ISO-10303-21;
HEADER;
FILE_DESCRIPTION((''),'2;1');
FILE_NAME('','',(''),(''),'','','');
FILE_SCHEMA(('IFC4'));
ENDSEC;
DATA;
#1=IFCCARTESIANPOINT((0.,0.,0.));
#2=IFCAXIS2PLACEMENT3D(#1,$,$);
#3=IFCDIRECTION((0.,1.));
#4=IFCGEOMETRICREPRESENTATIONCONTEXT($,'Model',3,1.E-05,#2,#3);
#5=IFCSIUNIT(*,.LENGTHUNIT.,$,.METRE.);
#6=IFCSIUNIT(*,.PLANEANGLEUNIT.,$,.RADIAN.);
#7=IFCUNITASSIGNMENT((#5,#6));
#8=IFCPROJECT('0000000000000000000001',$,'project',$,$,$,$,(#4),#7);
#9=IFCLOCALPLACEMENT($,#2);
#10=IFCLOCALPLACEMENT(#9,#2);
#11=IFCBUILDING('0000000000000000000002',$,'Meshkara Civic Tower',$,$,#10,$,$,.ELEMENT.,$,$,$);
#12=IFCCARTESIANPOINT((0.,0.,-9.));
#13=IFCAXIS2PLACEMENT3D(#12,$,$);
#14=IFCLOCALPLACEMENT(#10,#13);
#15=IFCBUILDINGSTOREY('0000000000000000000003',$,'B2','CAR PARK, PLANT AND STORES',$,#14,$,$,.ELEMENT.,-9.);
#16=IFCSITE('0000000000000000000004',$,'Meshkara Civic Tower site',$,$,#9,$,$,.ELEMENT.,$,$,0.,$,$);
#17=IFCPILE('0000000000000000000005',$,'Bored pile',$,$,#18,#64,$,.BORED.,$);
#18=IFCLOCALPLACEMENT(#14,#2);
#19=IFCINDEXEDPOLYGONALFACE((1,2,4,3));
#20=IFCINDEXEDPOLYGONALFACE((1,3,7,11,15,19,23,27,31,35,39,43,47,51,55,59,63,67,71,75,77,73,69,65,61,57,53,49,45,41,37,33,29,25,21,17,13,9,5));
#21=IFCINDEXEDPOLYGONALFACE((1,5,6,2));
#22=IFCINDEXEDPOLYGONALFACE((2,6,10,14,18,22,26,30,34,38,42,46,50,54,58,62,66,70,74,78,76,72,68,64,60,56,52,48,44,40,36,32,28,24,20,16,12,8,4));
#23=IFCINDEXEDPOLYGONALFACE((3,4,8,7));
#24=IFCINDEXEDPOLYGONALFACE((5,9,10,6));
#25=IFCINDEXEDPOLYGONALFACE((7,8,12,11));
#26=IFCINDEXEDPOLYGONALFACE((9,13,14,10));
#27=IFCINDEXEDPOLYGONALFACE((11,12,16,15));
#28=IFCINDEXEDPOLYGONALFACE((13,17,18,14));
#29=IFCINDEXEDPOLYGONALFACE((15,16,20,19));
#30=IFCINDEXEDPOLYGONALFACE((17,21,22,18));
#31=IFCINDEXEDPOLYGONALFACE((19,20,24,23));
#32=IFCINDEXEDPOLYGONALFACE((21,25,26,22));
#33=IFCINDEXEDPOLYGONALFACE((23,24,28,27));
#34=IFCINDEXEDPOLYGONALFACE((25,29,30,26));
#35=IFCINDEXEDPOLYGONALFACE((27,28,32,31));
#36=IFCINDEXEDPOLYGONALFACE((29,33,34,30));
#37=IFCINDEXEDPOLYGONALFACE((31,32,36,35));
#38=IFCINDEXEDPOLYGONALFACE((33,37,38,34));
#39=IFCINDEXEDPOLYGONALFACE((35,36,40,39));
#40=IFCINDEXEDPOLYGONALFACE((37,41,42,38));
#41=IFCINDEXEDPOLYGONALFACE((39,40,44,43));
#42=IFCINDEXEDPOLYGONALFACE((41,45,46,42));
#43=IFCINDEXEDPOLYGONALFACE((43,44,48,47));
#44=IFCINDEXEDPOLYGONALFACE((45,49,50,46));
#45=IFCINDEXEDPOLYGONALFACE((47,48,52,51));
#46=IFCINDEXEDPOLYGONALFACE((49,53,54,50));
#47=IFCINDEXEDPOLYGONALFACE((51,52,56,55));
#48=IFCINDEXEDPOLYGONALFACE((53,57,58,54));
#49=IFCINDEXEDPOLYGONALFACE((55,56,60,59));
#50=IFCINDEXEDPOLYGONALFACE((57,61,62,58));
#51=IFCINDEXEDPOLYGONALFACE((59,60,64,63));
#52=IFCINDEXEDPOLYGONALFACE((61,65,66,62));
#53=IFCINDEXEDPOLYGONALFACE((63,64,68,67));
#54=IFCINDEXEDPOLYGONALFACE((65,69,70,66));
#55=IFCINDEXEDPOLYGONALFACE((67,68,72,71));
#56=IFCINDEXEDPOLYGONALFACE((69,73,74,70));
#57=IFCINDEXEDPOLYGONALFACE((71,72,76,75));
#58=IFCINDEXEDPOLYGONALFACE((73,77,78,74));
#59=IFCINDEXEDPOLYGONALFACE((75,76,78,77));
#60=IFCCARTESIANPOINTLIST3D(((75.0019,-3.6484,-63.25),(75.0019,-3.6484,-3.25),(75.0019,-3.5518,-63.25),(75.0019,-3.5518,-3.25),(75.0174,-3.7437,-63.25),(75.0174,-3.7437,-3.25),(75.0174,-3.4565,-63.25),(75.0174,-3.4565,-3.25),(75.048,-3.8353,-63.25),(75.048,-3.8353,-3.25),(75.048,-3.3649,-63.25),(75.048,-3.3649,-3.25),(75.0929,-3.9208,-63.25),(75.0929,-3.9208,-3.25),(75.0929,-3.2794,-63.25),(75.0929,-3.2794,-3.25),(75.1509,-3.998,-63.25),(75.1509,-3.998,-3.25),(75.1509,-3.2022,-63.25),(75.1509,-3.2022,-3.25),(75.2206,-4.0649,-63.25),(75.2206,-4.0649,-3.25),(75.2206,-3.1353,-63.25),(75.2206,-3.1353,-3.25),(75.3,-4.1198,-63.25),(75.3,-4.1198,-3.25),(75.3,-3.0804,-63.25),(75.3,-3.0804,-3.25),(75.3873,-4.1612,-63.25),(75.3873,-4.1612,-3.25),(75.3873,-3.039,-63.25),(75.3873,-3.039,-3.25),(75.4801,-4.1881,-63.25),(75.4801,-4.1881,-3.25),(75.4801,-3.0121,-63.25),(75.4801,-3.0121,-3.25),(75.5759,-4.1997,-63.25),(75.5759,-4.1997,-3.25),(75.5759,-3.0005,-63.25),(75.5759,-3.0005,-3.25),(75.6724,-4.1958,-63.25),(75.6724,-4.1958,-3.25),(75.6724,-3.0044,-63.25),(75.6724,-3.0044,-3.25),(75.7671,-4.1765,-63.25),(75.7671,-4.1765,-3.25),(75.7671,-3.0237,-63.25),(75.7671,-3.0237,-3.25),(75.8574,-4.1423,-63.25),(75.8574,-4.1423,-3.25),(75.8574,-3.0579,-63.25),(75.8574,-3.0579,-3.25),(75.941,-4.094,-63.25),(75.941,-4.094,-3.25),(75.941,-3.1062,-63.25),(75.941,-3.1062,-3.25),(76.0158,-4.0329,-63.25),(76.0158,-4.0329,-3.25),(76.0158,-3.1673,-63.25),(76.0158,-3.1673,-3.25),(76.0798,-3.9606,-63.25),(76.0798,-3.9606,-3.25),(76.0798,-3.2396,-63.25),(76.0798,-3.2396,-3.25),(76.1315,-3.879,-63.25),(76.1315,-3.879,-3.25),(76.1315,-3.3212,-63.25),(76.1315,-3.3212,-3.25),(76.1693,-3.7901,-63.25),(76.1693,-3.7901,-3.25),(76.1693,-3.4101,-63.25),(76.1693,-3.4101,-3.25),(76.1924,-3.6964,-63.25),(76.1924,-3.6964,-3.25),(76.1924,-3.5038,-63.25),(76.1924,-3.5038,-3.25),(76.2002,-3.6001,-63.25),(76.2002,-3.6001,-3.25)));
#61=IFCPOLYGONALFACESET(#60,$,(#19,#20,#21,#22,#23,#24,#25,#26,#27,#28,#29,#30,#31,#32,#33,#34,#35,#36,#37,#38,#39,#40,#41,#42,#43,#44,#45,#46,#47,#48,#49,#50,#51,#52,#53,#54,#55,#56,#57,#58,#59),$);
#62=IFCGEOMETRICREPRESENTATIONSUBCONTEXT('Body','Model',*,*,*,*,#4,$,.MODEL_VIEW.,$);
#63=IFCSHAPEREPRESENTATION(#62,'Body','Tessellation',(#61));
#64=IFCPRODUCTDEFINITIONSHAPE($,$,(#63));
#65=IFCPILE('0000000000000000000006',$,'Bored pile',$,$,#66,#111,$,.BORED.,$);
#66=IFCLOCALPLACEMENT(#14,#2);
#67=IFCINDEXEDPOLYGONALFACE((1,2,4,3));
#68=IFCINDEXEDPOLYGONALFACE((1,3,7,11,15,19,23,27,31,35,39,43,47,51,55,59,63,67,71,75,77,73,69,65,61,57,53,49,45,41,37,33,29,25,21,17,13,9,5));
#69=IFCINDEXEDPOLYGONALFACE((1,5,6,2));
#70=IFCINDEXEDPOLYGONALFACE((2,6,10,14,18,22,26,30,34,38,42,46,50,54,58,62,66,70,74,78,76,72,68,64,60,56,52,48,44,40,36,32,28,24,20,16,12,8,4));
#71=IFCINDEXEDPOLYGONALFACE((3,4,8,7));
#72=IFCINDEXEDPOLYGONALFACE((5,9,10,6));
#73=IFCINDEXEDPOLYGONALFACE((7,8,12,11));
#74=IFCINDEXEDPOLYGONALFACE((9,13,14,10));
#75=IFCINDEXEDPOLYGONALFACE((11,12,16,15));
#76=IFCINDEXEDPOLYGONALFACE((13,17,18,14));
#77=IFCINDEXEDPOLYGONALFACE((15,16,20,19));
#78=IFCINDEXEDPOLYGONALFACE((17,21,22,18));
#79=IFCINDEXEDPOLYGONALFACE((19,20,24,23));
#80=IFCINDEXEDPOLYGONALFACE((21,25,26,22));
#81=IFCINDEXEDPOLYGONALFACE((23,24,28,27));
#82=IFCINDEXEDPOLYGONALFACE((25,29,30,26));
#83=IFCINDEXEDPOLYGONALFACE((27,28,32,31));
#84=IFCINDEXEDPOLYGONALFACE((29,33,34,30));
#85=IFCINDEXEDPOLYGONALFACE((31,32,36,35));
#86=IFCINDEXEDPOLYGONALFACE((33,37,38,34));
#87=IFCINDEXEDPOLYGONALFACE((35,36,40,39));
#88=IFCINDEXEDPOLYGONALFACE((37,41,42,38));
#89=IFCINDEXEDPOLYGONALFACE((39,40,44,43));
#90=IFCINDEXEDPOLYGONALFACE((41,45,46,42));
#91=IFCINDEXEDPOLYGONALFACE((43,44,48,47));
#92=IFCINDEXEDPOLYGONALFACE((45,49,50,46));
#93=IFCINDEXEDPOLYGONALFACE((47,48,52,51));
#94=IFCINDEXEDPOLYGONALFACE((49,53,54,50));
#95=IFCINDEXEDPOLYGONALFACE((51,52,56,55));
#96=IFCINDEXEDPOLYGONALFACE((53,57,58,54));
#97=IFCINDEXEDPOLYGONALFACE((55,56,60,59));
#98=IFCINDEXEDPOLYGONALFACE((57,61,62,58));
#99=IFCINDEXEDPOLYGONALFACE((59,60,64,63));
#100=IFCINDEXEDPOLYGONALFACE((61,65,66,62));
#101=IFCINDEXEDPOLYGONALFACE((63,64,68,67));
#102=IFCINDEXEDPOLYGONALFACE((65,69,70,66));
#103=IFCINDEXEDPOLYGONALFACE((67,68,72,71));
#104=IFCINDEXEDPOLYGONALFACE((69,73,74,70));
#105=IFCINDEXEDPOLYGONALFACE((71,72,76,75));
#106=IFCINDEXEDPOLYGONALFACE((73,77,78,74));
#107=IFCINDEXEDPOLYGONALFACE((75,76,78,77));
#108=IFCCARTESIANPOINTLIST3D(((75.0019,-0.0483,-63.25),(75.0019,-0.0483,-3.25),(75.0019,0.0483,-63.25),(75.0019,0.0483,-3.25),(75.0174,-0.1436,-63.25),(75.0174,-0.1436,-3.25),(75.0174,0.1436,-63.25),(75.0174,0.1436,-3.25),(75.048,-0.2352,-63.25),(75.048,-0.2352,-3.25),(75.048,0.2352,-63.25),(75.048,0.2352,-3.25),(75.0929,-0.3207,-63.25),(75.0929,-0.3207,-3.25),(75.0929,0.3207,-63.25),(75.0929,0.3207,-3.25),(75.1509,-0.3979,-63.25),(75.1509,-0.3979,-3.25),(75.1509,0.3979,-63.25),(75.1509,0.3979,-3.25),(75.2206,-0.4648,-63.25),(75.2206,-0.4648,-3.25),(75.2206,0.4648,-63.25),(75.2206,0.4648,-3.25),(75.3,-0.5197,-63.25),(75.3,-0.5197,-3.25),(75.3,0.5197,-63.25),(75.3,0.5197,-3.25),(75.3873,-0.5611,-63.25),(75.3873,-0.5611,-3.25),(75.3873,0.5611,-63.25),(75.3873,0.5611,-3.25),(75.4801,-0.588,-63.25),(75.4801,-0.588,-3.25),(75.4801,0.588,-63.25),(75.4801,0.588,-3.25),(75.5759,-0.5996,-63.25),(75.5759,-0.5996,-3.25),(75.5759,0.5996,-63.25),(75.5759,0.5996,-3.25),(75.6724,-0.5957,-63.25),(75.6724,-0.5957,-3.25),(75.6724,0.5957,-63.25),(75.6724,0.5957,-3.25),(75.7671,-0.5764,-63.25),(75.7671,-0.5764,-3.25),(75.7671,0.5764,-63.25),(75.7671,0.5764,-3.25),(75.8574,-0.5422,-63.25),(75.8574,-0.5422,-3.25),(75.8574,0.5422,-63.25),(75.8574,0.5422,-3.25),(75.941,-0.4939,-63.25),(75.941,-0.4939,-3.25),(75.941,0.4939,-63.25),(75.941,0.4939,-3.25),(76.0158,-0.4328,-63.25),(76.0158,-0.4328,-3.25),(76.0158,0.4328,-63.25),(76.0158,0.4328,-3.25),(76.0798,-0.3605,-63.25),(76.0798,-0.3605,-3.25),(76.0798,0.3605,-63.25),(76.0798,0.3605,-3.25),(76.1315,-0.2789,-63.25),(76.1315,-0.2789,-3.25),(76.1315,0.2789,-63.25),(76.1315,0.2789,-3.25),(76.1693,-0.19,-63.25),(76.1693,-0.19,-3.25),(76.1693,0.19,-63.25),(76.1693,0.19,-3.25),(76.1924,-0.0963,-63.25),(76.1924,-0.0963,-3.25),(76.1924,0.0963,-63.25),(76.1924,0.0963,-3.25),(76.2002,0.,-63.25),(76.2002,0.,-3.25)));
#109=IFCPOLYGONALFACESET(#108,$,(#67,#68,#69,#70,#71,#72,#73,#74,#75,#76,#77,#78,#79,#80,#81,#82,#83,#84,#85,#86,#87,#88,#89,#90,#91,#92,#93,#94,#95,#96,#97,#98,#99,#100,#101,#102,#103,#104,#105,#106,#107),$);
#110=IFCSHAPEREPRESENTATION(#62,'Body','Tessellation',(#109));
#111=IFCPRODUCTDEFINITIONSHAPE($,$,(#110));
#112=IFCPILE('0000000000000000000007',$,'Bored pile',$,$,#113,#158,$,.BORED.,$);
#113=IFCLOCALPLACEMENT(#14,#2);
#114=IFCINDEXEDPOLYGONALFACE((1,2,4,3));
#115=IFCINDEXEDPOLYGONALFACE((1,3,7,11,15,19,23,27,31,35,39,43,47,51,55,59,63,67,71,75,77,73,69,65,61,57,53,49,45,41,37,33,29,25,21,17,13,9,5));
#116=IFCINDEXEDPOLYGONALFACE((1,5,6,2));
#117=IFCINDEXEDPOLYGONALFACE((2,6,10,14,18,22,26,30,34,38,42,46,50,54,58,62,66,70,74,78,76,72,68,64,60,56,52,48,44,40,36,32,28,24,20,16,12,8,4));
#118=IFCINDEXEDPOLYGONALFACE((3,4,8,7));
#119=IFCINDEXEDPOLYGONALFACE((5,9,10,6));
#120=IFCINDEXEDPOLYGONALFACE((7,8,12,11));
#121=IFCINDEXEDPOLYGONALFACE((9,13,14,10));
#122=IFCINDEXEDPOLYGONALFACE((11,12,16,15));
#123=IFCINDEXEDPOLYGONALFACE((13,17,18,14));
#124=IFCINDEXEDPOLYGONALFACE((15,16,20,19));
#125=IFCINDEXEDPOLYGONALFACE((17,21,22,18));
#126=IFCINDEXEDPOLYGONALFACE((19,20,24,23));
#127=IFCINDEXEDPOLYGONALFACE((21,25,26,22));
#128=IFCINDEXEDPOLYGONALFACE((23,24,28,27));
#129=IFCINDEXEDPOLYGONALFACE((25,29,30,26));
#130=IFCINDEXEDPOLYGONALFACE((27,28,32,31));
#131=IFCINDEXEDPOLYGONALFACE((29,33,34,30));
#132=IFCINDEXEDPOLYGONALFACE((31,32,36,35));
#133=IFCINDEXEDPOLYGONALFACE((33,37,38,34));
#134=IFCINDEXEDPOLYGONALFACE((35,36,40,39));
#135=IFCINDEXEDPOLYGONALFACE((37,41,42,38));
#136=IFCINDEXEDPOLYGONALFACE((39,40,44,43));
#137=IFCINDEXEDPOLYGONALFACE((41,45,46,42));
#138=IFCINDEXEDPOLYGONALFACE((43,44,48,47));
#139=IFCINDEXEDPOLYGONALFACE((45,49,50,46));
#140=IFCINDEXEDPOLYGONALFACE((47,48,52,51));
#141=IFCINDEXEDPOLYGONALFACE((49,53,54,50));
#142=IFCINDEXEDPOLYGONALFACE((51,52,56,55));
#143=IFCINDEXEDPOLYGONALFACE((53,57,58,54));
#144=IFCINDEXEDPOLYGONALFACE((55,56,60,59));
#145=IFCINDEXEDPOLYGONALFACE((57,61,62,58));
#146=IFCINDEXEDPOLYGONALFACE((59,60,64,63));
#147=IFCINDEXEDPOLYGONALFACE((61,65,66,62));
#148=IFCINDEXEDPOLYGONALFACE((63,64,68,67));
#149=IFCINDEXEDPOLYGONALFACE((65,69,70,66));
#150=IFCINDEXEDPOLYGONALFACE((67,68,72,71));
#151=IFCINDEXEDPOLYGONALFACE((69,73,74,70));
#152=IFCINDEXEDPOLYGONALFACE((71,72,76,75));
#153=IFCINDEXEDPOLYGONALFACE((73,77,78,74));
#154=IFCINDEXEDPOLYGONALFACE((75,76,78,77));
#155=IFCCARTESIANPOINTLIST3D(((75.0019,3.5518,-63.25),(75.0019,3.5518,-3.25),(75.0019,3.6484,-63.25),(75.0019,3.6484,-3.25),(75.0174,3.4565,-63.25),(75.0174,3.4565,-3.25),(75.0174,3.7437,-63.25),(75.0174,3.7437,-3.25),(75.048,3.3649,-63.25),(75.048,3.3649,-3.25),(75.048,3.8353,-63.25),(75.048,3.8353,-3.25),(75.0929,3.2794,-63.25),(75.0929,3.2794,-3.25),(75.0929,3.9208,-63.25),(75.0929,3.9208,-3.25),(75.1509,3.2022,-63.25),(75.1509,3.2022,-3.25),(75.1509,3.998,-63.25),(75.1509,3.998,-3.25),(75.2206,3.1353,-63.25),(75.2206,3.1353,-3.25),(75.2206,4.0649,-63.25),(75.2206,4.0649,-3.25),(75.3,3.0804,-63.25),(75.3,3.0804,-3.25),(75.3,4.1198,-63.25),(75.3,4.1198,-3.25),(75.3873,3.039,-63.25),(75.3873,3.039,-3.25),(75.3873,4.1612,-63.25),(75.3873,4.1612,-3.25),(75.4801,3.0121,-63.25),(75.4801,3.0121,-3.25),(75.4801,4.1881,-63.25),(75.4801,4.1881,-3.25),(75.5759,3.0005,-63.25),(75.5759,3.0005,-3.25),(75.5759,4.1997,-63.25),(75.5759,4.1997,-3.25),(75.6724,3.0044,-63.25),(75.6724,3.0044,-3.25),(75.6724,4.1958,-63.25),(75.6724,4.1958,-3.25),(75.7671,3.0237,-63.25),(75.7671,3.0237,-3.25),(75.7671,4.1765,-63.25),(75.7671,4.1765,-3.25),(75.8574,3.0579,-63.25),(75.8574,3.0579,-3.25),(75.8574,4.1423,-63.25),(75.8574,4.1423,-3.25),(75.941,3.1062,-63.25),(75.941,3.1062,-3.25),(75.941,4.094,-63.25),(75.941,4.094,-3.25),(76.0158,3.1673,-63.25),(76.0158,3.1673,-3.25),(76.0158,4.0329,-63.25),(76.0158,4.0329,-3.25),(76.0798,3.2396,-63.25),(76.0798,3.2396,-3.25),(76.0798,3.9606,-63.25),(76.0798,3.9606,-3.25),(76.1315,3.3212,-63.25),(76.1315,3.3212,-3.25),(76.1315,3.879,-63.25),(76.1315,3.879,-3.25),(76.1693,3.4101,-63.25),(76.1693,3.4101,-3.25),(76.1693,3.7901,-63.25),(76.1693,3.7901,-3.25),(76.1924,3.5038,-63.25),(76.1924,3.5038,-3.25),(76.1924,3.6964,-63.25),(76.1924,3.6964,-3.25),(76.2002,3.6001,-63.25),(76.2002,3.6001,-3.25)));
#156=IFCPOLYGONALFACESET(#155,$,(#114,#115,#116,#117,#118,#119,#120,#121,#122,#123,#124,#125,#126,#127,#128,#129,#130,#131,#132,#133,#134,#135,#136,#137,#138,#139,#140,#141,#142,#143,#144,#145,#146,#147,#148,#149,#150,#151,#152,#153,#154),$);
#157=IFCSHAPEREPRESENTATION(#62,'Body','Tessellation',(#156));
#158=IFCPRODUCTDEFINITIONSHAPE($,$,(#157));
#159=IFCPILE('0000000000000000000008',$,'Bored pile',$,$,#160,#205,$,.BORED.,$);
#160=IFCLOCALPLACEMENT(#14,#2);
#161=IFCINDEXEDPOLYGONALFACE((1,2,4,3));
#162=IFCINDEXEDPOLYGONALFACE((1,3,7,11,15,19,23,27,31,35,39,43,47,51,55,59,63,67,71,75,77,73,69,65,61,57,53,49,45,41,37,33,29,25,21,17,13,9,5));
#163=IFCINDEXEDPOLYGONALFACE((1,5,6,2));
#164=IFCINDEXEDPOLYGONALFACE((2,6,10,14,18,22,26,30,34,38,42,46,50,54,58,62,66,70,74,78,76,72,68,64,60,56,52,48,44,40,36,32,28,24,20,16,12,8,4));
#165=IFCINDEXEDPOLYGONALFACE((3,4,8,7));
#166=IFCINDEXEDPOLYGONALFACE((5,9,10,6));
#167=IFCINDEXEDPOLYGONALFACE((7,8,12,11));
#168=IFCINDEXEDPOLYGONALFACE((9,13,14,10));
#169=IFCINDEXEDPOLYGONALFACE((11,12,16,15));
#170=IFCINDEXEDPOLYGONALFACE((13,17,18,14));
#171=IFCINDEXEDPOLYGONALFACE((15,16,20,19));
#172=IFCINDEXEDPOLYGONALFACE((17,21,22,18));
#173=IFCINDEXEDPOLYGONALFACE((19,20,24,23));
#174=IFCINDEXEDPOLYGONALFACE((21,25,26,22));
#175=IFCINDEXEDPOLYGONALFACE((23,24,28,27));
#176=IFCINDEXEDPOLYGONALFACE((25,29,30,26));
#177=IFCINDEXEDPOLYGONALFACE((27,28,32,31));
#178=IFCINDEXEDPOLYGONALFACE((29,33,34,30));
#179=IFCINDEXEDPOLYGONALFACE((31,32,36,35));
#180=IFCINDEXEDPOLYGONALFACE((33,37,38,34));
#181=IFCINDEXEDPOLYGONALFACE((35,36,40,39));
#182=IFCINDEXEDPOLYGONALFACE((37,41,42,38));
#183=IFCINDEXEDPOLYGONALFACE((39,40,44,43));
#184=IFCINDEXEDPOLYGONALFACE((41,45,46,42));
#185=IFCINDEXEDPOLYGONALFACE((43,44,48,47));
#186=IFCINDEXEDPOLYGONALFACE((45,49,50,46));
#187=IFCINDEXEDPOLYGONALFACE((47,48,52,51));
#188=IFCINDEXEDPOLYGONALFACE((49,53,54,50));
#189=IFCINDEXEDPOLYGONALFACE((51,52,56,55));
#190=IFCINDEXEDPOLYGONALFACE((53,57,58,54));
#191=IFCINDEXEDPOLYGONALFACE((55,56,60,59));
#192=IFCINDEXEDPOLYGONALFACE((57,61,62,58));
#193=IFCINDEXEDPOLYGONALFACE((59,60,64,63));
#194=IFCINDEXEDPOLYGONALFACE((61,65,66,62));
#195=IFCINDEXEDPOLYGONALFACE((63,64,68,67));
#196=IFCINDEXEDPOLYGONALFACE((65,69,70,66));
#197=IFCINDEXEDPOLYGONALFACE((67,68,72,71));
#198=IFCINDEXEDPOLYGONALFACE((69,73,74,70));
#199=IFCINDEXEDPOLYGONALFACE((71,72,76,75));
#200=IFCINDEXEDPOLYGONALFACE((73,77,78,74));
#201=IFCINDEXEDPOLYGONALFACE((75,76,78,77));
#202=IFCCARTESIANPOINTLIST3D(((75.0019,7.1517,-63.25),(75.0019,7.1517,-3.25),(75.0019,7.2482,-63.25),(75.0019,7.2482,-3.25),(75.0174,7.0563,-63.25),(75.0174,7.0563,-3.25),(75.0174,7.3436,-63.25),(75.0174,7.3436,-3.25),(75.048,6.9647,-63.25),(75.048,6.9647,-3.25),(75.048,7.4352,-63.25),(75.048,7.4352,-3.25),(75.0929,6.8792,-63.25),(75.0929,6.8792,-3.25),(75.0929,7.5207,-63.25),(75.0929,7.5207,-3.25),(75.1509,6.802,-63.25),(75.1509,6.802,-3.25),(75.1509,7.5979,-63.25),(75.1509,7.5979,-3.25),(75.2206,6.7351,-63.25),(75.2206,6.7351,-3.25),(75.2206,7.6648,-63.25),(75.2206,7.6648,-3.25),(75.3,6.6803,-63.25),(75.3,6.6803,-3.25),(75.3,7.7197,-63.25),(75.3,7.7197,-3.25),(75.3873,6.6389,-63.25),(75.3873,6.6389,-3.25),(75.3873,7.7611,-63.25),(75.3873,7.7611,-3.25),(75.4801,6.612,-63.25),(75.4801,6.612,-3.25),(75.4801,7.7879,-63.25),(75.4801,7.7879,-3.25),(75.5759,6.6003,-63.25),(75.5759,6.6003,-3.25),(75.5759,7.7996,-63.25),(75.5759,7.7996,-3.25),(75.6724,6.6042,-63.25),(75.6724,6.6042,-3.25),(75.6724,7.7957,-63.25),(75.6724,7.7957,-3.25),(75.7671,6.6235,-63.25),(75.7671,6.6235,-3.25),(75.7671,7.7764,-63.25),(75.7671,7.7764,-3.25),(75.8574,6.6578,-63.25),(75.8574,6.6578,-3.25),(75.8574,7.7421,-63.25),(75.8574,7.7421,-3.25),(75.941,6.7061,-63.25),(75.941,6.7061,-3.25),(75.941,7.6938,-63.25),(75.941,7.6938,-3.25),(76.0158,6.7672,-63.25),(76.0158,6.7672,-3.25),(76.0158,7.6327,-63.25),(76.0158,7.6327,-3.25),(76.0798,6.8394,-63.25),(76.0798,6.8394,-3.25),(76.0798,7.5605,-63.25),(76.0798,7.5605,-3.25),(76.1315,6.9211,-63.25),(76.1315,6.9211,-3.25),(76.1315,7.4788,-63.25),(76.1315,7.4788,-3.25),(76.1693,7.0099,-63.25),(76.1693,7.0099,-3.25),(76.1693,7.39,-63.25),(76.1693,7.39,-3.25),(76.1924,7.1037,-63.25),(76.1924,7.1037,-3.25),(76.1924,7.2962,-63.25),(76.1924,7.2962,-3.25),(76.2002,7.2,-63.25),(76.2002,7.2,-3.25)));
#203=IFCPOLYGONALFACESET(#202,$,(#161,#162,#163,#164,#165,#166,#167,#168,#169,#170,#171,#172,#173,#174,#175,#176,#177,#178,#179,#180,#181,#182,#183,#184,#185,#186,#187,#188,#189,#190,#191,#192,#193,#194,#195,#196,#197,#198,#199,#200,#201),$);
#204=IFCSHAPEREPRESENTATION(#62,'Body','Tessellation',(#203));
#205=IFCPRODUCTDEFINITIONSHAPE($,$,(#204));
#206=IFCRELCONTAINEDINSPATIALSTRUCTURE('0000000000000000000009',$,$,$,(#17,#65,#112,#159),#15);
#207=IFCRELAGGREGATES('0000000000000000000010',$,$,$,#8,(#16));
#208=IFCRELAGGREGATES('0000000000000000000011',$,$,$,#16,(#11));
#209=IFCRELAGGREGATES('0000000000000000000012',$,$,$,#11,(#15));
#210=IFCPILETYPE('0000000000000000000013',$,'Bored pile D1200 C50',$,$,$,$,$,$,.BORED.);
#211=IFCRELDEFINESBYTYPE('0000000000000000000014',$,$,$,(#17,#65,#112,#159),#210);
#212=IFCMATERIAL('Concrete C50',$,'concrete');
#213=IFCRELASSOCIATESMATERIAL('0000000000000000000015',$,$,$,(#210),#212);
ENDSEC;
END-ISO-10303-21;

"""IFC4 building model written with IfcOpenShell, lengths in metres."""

from ifc_helpers import new_model, si_unit, direction, frame, origin, origin_2d, place, context, subcontext, project, spatial, circle, extrude, material, material_profile, profile_set, type_object, element, save


model = new_model("IFC4")

# Units and contexts
model_context = context("Model", 3, precision=1e-05, world=origin(), true_north=direction((0.0, 1.0)))
body_context = subcontext(model_context, "Body", "Model", "MODEL_VIEW")
ifc_project = project(units=[si_unit("LENGTHUNIT", "METRE"), si_unit("PLANEANGLEUNIT", "RADIAN")], contexts=[model_context])

# Site, building, storey
site_placement = place(None, origin())
site = spatial("IfcSite", under=ifc_project, at=site_placement, Name="Meshkara Civic Tower site", CompositionType="ELEMENT", RefElevation=0.0)
building_placement = place(site_placement, origin())
building = spatial("IfcBuilding", under=site, at=building_placement, Name="Meshkara Civic Tower", CompositionType="ELEMENT")
storey_placement = place(building_placement, frame((0.0, 0.0, -9.0)))
storey = spatial("IfcBuildingStorey", under=building, at=storey_placement, Name="B2", Description="CAR PARK, PLANT AND STORES", CompositionType="ELEMENT", Elevation=-9.0)

# Piles
ifc_material_1 = material(Name="Concrete C50", Category="concrete")
ifc_material_profile_1 = material_profile(ifc_material_1, circle(Radius=0.6001, at=origin_2d()))
ifc_profile_set_1 = profile_set([ifc_material_profile_1], Name="Concrete C50")
pile_type = type_object("IfcPileType", Name="Bored pile D1200 C50", PredefinedType="BORED", material=ifc_profile_set_1)
for number, where, z_axis, x_axis, name in (
    (1, (75.6001, -3.6001, -3.25), (0.0, 0.0, -1.0), (1.0, 0.0, 0.0), "Bored pile"),
    (2, (75.6001, 0.0, -3.25), (0.0, 0.0, -1.0), (1.0, 0.0, 0.0), "Bored pile"),
    (3, (75.6001, 3.6001, -3.25), (0.0, 0.0, -1.0), (1.0, 0.0, 0.0), "Bored pile"),
    (4, (75.6001, 7.2, -3.25), (0.0, 0.0, -1.0), (1.0, 0.0, 0.0), "Bored pile"),
):
    element("IfcPile", number, at=place(storey_placement, frame(where, z_axis=z_axis, x_axis=x_axis)), inside=storey, type_object=pile_type, Name=name, PredefinedType="BORED", context=body_context, shape_type="SweptSolid", body=[
        extrude(circle(Radius=0.6001, at=origin_2d()), origin(), (0.0, 0.0, 1.0), 60.0),
    ])

save(model, "model.ifc")
